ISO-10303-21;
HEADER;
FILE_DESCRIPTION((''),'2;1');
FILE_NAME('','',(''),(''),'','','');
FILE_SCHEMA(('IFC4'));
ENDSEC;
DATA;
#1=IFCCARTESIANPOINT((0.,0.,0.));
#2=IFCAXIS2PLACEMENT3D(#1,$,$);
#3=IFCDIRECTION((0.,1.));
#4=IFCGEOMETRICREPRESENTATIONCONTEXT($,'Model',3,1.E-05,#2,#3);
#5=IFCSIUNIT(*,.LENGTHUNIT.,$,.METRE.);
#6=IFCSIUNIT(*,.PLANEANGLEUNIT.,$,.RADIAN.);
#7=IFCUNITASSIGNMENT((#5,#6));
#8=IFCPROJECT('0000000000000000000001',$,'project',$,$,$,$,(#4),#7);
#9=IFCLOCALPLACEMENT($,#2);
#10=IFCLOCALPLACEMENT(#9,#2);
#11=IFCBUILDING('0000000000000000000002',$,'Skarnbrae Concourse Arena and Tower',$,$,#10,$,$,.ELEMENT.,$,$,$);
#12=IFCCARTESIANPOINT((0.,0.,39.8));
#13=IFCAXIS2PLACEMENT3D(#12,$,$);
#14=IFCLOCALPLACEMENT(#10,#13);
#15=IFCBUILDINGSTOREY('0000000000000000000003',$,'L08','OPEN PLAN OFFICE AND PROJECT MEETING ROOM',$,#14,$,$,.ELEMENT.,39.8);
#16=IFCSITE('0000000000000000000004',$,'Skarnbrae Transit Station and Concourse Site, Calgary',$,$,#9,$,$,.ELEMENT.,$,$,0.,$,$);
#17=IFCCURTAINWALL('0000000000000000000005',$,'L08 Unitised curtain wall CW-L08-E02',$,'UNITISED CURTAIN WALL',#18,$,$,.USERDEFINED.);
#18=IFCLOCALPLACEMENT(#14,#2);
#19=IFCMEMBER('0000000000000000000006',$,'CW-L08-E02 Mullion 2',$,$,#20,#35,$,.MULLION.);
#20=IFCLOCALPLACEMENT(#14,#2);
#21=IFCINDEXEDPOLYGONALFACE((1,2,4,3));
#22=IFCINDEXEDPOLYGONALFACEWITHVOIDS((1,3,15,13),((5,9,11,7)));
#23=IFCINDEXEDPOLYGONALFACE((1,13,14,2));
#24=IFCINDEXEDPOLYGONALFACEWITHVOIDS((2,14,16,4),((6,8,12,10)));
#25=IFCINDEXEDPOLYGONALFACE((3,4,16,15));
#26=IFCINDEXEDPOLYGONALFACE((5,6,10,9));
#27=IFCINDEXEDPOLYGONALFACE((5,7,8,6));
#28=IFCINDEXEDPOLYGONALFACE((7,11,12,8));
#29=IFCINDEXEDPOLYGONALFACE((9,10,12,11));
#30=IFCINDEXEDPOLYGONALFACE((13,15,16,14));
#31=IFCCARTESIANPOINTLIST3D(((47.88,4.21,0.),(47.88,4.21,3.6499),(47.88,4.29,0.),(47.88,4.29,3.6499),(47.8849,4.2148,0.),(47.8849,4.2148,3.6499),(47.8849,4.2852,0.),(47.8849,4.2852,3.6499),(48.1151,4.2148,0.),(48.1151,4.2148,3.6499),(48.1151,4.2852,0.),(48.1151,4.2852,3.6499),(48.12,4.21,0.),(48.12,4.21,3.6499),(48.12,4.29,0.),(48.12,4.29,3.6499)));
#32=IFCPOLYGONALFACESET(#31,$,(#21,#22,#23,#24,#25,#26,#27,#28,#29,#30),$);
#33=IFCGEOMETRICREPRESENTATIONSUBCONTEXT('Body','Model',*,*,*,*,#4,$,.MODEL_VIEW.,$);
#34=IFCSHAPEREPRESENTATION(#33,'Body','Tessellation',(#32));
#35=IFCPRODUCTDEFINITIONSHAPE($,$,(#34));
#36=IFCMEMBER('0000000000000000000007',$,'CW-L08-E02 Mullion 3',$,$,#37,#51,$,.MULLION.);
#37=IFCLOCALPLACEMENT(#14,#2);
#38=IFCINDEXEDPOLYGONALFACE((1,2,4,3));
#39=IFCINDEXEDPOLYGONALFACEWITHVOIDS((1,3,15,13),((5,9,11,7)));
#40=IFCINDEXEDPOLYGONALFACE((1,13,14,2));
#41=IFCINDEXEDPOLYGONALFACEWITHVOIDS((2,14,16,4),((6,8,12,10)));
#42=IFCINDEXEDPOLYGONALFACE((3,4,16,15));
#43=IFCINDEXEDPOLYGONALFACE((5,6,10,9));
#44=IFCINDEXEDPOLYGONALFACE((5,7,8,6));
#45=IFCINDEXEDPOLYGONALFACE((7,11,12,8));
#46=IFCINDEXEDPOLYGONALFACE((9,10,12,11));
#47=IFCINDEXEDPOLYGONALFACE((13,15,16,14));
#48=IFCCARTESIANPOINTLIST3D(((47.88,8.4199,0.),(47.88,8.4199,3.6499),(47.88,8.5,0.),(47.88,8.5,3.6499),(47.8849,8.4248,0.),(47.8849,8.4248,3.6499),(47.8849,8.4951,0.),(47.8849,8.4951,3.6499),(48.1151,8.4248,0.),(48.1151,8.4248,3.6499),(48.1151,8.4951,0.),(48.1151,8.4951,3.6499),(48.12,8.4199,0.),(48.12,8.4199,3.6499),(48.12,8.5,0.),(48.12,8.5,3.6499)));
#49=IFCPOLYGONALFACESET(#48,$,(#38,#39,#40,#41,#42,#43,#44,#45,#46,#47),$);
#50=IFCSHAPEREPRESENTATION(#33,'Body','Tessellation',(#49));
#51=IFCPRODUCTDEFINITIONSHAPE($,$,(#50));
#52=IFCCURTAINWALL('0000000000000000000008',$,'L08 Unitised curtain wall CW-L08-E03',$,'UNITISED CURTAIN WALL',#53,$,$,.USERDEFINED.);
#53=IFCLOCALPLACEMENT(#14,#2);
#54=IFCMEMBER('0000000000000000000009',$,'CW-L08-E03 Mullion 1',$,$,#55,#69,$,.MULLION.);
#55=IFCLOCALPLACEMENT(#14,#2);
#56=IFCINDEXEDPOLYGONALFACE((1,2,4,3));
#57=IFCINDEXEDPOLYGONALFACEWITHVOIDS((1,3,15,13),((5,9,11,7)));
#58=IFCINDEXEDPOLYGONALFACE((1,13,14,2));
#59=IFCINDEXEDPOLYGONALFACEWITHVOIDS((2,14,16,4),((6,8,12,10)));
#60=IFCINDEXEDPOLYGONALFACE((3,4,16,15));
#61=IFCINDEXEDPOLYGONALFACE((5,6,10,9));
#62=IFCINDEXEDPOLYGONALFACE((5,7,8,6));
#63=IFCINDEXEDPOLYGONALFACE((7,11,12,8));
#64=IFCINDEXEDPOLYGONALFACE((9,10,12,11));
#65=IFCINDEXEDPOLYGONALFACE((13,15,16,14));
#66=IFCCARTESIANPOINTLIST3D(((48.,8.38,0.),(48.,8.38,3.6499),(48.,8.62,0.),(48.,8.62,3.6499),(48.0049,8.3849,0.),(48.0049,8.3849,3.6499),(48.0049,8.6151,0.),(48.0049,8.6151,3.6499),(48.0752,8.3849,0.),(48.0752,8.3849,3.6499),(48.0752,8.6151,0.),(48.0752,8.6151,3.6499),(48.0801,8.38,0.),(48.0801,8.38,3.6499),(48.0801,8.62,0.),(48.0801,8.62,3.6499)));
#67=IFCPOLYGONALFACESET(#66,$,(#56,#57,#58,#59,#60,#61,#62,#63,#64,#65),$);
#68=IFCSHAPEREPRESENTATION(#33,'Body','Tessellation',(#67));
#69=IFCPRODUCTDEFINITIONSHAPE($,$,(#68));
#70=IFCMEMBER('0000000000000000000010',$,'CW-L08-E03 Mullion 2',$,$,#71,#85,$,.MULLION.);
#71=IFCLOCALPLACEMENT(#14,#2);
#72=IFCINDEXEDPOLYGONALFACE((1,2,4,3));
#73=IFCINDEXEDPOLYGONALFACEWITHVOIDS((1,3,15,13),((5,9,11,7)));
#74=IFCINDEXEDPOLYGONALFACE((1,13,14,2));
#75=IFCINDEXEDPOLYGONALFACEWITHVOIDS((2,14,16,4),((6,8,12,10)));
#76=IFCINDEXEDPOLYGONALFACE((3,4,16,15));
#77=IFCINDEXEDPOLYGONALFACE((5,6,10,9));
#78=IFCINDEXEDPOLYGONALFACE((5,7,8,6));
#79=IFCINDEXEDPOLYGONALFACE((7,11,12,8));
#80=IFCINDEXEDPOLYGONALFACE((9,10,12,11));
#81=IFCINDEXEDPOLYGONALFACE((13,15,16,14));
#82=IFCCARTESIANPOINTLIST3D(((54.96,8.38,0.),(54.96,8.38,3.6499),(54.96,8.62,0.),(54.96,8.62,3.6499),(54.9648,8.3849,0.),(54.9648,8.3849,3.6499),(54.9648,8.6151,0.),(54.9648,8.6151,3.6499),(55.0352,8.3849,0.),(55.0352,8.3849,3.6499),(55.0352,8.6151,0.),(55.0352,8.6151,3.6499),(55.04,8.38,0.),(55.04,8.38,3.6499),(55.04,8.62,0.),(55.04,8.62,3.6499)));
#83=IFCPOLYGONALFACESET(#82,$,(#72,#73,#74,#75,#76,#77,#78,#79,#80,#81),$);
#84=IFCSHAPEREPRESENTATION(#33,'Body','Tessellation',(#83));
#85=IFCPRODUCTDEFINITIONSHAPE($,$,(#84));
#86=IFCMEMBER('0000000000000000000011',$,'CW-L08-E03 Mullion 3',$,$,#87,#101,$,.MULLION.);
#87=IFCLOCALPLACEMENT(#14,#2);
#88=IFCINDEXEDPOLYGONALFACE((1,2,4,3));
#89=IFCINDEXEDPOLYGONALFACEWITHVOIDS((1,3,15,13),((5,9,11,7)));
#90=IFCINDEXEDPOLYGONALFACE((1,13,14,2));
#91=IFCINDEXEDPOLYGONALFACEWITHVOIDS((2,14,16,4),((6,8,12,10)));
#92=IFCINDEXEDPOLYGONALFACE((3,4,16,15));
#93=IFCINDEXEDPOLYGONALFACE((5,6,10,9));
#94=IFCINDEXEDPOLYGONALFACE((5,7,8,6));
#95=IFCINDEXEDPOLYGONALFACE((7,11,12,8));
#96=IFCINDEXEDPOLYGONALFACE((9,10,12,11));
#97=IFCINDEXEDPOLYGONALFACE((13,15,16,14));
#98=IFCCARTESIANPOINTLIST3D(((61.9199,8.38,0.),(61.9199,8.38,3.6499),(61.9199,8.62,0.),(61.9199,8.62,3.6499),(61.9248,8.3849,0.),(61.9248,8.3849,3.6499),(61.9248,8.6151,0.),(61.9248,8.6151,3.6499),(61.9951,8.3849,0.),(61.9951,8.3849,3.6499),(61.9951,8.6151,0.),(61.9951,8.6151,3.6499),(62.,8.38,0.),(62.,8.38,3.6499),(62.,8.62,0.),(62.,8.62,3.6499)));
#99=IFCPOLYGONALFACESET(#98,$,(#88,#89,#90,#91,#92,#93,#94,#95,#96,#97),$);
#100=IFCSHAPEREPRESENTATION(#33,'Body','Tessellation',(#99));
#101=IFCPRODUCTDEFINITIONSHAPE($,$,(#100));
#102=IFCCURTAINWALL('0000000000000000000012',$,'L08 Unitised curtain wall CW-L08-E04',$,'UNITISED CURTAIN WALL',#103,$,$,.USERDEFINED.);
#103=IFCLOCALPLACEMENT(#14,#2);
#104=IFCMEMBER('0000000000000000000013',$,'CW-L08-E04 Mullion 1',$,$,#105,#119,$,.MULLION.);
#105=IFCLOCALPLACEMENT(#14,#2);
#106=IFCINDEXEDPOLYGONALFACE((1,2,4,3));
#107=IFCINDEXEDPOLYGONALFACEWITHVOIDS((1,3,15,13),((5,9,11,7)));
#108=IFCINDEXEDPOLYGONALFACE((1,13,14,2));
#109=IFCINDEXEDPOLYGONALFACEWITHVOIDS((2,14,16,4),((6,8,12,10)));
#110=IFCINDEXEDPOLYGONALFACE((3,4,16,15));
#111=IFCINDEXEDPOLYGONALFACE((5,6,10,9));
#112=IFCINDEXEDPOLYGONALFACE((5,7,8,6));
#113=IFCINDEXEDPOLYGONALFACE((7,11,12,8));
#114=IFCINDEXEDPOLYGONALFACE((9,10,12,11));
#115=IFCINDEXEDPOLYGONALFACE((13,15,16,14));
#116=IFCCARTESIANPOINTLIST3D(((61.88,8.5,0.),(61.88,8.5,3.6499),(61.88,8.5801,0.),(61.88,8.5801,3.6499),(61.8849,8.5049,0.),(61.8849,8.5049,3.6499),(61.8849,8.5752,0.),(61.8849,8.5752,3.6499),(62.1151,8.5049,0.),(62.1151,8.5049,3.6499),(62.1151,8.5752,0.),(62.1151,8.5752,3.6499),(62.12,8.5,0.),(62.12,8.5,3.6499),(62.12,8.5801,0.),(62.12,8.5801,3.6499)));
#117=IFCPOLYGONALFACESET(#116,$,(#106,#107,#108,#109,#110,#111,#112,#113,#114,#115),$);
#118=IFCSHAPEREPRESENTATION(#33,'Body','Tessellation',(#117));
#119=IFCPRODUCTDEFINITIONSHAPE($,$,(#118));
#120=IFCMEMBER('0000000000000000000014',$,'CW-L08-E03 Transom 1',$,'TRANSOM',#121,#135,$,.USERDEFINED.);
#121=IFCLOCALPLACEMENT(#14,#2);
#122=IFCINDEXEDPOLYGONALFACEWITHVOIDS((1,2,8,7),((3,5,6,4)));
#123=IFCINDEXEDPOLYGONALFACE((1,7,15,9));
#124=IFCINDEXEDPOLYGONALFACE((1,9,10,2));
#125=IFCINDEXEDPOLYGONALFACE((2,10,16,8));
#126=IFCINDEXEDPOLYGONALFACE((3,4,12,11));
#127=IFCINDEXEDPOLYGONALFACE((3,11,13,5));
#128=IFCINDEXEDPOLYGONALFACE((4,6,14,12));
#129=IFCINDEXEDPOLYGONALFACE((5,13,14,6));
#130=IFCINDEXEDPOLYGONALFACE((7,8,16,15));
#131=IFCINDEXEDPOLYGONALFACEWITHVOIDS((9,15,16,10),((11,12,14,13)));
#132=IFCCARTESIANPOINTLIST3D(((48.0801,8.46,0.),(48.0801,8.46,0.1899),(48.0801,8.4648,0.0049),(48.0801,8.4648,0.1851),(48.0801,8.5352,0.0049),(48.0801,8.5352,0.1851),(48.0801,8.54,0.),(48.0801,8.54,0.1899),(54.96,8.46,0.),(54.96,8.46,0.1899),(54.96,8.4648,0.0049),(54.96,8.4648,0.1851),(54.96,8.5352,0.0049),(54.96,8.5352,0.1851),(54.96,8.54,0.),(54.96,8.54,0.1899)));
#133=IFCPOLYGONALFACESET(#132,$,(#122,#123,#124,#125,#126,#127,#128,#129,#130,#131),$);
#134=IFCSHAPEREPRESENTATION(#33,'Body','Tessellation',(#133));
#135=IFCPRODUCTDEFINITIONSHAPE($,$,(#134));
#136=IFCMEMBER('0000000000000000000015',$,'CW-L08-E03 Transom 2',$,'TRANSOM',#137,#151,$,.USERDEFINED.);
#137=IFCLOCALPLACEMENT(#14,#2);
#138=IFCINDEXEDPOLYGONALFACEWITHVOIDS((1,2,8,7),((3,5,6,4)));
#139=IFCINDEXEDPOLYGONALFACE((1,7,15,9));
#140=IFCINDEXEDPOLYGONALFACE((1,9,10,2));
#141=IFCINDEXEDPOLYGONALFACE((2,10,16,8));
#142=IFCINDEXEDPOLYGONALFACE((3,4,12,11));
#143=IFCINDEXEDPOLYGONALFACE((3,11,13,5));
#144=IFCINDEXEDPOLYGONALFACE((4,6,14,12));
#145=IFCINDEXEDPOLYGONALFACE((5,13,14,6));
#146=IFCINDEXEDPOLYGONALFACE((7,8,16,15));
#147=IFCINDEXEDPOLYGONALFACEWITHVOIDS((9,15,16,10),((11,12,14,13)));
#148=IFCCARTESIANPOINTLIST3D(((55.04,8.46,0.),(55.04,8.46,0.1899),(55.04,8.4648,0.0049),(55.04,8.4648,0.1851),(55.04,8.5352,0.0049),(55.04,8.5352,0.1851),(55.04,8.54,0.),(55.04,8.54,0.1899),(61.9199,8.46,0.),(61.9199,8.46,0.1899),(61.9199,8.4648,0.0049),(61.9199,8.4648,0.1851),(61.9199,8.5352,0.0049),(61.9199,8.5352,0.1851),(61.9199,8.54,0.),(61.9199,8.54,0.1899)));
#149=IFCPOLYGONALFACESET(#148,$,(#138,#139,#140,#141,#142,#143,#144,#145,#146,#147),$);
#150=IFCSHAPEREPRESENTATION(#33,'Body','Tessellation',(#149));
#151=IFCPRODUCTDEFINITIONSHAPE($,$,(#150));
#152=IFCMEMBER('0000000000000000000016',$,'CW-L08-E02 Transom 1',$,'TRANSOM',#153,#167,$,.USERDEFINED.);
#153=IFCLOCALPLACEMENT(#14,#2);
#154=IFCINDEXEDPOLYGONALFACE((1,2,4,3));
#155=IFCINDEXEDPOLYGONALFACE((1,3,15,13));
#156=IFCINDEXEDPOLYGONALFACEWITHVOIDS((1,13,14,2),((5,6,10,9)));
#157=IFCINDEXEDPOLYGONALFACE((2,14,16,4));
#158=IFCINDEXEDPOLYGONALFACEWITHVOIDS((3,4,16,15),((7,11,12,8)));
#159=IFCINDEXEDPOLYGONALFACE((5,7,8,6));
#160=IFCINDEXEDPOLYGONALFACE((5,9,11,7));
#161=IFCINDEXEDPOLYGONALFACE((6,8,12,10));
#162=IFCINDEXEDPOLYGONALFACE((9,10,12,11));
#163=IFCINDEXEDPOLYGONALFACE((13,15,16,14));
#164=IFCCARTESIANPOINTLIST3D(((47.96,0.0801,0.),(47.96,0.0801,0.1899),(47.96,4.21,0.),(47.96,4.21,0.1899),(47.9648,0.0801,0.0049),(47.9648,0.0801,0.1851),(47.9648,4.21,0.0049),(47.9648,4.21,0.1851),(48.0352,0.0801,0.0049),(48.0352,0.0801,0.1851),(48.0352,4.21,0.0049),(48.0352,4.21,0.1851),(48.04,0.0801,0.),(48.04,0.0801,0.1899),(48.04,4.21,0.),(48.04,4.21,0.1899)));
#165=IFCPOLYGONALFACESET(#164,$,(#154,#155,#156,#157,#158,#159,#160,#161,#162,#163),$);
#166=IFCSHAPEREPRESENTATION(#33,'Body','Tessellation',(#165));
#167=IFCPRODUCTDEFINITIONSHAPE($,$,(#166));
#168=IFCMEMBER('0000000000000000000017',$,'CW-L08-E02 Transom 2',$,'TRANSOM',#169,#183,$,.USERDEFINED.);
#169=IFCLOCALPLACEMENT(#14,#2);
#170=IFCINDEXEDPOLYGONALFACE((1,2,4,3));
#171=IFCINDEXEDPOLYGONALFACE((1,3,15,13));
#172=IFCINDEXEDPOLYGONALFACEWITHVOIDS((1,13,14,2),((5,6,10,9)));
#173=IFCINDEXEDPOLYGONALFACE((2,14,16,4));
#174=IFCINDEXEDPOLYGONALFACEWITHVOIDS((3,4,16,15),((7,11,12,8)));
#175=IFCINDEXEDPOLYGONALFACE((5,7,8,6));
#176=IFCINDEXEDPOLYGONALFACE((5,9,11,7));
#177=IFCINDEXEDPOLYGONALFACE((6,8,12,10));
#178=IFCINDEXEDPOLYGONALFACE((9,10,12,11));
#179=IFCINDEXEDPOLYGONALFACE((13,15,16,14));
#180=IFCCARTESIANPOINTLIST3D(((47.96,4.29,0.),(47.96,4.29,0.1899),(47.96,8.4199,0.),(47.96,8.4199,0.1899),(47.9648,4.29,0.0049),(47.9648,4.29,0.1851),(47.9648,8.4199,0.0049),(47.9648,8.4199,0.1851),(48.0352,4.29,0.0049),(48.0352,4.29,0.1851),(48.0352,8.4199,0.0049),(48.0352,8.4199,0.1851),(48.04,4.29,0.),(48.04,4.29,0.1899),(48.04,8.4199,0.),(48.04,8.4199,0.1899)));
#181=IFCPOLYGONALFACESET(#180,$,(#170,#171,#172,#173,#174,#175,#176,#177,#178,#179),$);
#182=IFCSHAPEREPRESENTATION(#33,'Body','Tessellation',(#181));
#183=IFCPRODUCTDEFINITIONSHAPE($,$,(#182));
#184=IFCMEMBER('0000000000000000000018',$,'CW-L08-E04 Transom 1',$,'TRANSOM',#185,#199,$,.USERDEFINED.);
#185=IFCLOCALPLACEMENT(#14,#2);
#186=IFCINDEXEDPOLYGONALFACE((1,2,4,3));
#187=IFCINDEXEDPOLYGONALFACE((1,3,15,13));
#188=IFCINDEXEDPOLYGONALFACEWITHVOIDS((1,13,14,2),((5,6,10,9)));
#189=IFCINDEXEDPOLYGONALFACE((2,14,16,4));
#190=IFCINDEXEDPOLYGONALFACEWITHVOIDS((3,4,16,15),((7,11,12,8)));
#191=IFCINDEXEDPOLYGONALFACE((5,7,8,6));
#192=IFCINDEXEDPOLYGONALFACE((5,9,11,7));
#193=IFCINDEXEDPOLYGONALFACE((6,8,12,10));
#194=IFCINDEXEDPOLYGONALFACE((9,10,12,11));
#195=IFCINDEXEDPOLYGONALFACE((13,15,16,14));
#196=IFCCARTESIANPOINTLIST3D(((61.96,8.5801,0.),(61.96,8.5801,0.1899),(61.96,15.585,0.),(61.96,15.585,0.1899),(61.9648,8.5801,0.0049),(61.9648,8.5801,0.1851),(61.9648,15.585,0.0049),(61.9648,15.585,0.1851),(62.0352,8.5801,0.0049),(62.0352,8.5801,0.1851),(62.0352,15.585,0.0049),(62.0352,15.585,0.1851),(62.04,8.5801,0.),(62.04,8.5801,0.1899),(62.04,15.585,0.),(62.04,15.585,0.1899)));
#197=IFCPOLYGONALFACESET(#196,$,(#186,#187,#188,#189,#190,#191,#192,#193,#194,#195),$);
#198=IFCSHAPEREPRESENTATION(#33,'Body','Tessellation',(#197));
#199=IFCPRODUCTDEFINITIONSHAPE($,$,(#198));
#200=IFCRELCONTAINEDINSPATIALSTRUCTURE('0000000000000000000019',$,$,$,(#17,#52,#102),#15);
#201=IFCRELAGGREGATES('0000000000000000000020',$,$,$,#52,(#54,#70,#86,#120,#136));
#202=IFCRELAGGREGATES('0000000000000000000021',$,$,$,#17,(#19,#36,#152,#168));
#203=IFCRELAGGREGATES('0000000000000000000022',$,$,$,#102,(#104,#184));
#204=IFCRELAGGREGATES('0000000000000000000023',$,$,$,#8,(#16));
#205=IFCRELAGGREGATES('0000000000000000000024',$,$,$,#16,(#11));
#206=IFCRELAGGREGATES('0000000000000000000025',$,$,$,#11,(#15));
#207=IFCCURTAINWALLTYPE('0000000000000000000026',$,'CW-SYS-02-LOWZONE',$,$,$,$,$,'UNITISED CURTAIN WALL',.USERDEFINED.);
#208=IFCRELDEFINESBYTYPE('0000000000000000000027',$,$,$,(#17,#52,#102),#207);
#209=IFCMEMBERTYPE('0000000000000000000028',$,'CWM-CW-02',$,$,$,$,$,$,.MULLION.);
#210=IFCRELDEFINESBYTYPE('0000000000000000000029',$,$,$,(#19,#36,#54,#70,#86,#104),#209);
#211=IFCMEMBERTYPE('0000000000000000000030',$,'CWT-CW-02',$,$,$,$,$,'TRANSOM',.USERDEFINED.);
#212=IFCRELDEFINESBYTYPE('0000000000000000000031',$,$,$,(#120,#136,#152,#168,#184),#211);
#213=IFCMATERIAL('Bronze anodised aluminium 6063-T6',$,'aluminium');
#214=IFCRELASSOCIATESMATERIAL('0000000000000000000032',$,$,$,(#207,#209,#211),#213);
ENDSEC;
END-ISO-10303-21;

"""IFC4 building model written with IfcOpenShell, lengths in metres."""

from ifc_helpers import new_model, si_unit, direction, frame, origin, origin_2d, place, context, subcontext, project, spatial, hollow_rectangle, extrude, source, transform, mapped, material, material_profile, profile_set, type_object, element, aggregate, save


model = new_model("IFC4")

# Units and contexts
model_context = context("Model", 3, precision=1e-05, world=origin(), true_north=direction((0.0, 1.0)))
body_context = subcontext(model_context, "Body", "Model", "MODEL_VIEW")
ifc_project = project(units=[si_unit("LENGTHUNIT", "METRE"), si_unit("PLANEANGLEUNIT", "RADIAN")], contexts=[model_context])

# Site, building, storey
site_placement = place(None, origin())
site = spatial("IfcSite", under=ifc_project, at=site_placement, Name="Skarnbrae Transit Station and Concourse Site, Calgary", CompositionType="ELEMENT", RefElevation=0.0)
building_placement = place(site_placement, origin())
building = spatial("IfcBuilding", under=site, at=building_placement, Name="Skarnbrae Concourse Arena and Tower", CompositionType="ELEMENT")
storey_placement = place(building_placement, frame((0.0, 0.0, 39.8)))
storey = spatial("IfcBuildingStorey", under=building, at=storey_placement, Name="L08", Description="OPEN PLAN OFFICE AND PROJECT MEETING ROOM", CompositionType="ELEMENT", Elevation=39.8)

# Shared definitions
ifc_material_1 = material(Name="Bronze anodised aluminium 6063-T6", Category="aluminium")
curtain_wall_type = type_object("IfcCurtainWallType", Name="CW-SYS-02-LOWZONE", ElementType="UNITISED CURTAIN WALL", PredefinedType="USERDEFINED", material=ifc_material_1)
ifc_material_profile_1 = material_profile(ifc_material_1, hollow_rectangle(XDim=0.0801, YDim=0.24, WallThickness=0.0049, at=origin_2d()), Name="ALU-MULL-80X240")
ifc_profile_set_1 = profile_set([ifc_material_profile_1], Name="Bronze anodised aluminium 6063-T6")
member_type_1 = type_object("IfcMemberType", Name="CWM-CW-02", PredefinedType="MULLION", material=ifc_profile_set_1)
shared_shape_1 = source(origin(), body_context, "Body", "SweptSolid", [
    extrude(hollow_rectangle(XDim=0.0801, YDim=0.24, WallThickness=0.0049, at=origin_2d()), origin(), (0.0, 0.0, 1.0), 3.6499),
])

# Curtain walls, members
curtain_wall_1_placement = place(storey_placement, origin())
curtain_wall_1 = element("IfcCurtainWall", 1, at=curtain_wall_1_placement, inside=storey, type_object=curtain_wall_type, Name="L08 Unitised curtain wall CW-L08-E02", ObjectType="UNITISED CURTAIN WALL", PredefinedType="USERDEFINED")
member_1_placement = place(storey_placement, frame((48.0, 4.25, 0.0), z_axis=(0.0, 0.0, 1.0), x_axis=(0.0, 1.0, 0.0)))
member_1 = element("IfcMember", 2, at=member_1_placement, type_object=member_type_1, Name="CW-L08-E02 Mullion 2", PredefinedType="MULLION", context=body_context, shape_type="MappedRepresentation", body=[
    mapped(shared_shape_1, transform((0.0, 0.0, 0.0))),
])
member_2_placement = place(storey_placement, frame((48.0, 8.46, 0.0), z_axis=(0.0, 0.0, 1.0), x_axis=(0.0, 1.0, 0.0)))
member_2 = element("IfcMember", 3, at=member_2_placement, type_object=member_type_1, Name="CW-L08-E02 Mullion 3", PredefinedType="MULLION", context=body_context, shape_type="MappedRepresentation", body=[
    mapped(shared_shape_1, transform((0.0, 0.0, 0.0))),
])
curtain_wall_2_placement = place(storey_placement, origin())
curtain_wall_2 = element("IfcCurtainWall", 4, at=curtain_wall_2_placement, inside=storey, type_object=curtain_wall_type, Name="L08 Unitised curtain wall CW-L08-E03", ObjectType="UNITISED CURTAIN WALL", PredefinedType="USERDEFINED")
member_3_placement = place(storey_placement, frame((48.04, 8.5, 0.0), z_axis=(0.0, 0.0, 1.0), x_axis=(1.0, 0.0, 0.0)))
member_3 = element("IfcMember", 5, at=member_3_placement, type_object=member_type_1, Name="CW-L08-E03 Mullion 1", PredefinedType="MULLION", context=body_context, shape_type="MappedRepresentation", body=[
    mapped(shared_shape_1, transform((0.0, 0.0, 0.0))),
])
member_4_placement = place(storey_placement, frame((55.0, 8.5, 0.0), z_axis=(0.0, 0.0, 1.0), x_axis=(1.0, 0.0, 0.0)))
member_4 = element("IfcMember", 6, at=member_4_placement, type_object=member_type_1, Name="CW-L08-E03 Mullion 2", PredefinedType="MULLION", context=body_context, shape_type="MappedRepresentation", body=[
    mapped(shared_shape_1, transform((0.0, 0.0, 0.0))),
])
member_5_placement = place(storey_placement, frame((61.96, 8.5, 0.0), z_axis=(0.0, 0.0, 1.0), x_axis=(1.0, 0.0, 0.0)))
member_5 = element("IfcMember", 7, at=member_5_placement, type_object=member_type_1, Name="CW-L08-E03 Mullion 3", PredefinedType="MULLION", context=body_context, shape_type="MappedRepresentation", body=[
    mapped(shared_shape_1, transform((0.0, 0.0, 0.0))),
])

# Curtain wall, member
curtain_wall_3_placement = place(storey_placement, origin())
curtain_wall_3 = element("IfcCurtainWall", 8, at=curtain_wall_3_placement, inside=storey, type_object=curtain_wall_type, Name="L08 Unitised curtain wall CW-L08-E04", ObjectType="UNITISED CURTAIN WALL", PredefinedType="USERDEFINED")
member_6_placement = place(storey_placement, frame((62.0, 8.54, 0.0), z_axis=(0.0, 0.0, 1.0), x_axis=(0.0, 1.0, 0.0)))
member_6 = element("IfcMember", 9, at=member_6_placement, type_object=member_type_1, Name="CW-L08-E04 Mullion 1", PredefinedType="MULLION", context=body_context, shape_type="MappedRepresentation", body=[
    mapped(shared_shape_1, transform((0.0, 0.0, 0.0))),
])

# Members
ifc_material_profile_2 = material_profile(ifc_material_1, hollow_rectangle(XDim=0.0801, YDim=0.1899, WallThickness=0.0049, at=origin_2d()), Name="ALU-TRAN-80X190")
ifc_profile_set_2 = profile_set([ifc_material_profile_2], Name="Bronze anodised aluminium 6063-T6")
member_type_2 = type_object("IfcMemberType", Name="CWT-CW-02", ElementType="TRANSOM", PredefinedType="USERDEFINED", material=ifc_profile_set_2)
shared_shape_2 = source(origin(), body_context, "Body", "SweptSolid", [
    extrude(hollow_rectangle(XDim=0.0801, YDim=0.1899, WallThickness=0.0049, at=origin_2d()), origin(), (0.0, 0.0, 1.0), 6.8799),
])
member_7_placement = place(storey_placement, frame((48.0801, 8.5, 0.095), z_axis=(1.0, 0.0, 0.0), x_axis=(0.0, 1.0, 0.0)))
member_7 = element("IfcMember", 10, at=member_7_placement, type_object=member_type_2, Name="CW-L08-E03 Transom 1", ObjectType="TRANSOM", PredefinedType="USERDEFINED", context=body_context, shape_type="MappedRepresentation", body=[
    mapped(shared_shape_2, transform((0.0, 0.0, 0.0))),
])
member_8_placement = place(storey_placement, frame((55.04, 8.5, 0.095), z_axis=(1.0, 0.0, 0.0), x_axis=(0.0, 1.0, 0.0)))
member_8 = element("IfcMember", 11, at=member_8_placement, type_object=member_type_2, Name="CW-L08-E03 Transom 2", ObjectType="TRANSOM", PredefinedType="USERDEFINED", context=body_context, shape_type="MappedRepresentation", body=[
    mapped(shared_shape_2, transform((0.0, 0.0, 0.0))),
])
shared_shape_3 = source(origin(), body_context, "Body", "SweptSolid", [
    extrude(hollow_rectangle(XDim=0.0801, YDim=0.1899, WallThickness=0.0049, at=origin_2d()), origin(), (0.0, 0.0, 1.0), 4.1299),
])
member_9_placement = place(storey_placement, frame((48.0, 0.0801, 0.095), z_axis=(0.0, 1.0, 0.0), x_axis=(-1.0, 0.0, 0.0)))
member_9 = element("IfcMember", 12, at=member_9_placement, type_object=member_type_2, Name="CW-L08-E02 Transom 1", ObjectType="TRANSOM", PredefinedType="USERDEFINED", context=body_context, shape_type="MappedRepresentation", body=[
    mapped(shared_shape_3, transform((0.0, 0.0, 0.0))),
])
member_10_placement = place(storey_placement, frame((48.0, 4.29, 0.095), z_axis=(0.0, 1.0, 0.0), x_axis=(-1.0, 0.0, 0.0)))
member_10 = element("IfcMember", 13, at=member_10_placement, type_object=member_type_2, Name="CW-L08-E02 Transom 2", ObjectType="TRANSOM", PredefinedType="USERDEFINED", context=body_context, shape_type="MappedRepresentation", body=[
    mapped(shared_shape_3, transform((0.0, 0.0, 0.0))),
])
shared_shape_4 = source(origin(), body_context, "Body", "SweptSolid", [
    extrude(hollow_rectangle(XDim=0.0801, YDim=0.1899, WallThickness=0.0049, at=origin_2d()), origin(), (0.0, 0.0, 1.0), 7.0049),
])
member_11_placement = place(storey_placement, frame((62.0, 8.5801, 0.095), z_axis=(0.0, 1.0, 0.0), x_axis=(-1.0, 0.0, 0.0)))
member_11 = element("IfcMember", 14, at=member_11_placement, type_object=member_type_2, Name="CW-L08-E04 Transom 1", ObjectType="TRANSOM", PredefinedType="USERDEFINED", context=body_context, shape_type="MappedRepresentation", body=[
    mapped(shared_shape_4, transform((0.0, 0.0, 0.0))),
])

aggregate(curtain_wall_2, [member_3, member_4, member_5, member_7, member_8])
aggregate(curtain_wall_1, [member_1, member_2, member_9, member_10])
aggregate(curtain_wall_3, [member_6, member_11])

save(model, "model.ifc")
